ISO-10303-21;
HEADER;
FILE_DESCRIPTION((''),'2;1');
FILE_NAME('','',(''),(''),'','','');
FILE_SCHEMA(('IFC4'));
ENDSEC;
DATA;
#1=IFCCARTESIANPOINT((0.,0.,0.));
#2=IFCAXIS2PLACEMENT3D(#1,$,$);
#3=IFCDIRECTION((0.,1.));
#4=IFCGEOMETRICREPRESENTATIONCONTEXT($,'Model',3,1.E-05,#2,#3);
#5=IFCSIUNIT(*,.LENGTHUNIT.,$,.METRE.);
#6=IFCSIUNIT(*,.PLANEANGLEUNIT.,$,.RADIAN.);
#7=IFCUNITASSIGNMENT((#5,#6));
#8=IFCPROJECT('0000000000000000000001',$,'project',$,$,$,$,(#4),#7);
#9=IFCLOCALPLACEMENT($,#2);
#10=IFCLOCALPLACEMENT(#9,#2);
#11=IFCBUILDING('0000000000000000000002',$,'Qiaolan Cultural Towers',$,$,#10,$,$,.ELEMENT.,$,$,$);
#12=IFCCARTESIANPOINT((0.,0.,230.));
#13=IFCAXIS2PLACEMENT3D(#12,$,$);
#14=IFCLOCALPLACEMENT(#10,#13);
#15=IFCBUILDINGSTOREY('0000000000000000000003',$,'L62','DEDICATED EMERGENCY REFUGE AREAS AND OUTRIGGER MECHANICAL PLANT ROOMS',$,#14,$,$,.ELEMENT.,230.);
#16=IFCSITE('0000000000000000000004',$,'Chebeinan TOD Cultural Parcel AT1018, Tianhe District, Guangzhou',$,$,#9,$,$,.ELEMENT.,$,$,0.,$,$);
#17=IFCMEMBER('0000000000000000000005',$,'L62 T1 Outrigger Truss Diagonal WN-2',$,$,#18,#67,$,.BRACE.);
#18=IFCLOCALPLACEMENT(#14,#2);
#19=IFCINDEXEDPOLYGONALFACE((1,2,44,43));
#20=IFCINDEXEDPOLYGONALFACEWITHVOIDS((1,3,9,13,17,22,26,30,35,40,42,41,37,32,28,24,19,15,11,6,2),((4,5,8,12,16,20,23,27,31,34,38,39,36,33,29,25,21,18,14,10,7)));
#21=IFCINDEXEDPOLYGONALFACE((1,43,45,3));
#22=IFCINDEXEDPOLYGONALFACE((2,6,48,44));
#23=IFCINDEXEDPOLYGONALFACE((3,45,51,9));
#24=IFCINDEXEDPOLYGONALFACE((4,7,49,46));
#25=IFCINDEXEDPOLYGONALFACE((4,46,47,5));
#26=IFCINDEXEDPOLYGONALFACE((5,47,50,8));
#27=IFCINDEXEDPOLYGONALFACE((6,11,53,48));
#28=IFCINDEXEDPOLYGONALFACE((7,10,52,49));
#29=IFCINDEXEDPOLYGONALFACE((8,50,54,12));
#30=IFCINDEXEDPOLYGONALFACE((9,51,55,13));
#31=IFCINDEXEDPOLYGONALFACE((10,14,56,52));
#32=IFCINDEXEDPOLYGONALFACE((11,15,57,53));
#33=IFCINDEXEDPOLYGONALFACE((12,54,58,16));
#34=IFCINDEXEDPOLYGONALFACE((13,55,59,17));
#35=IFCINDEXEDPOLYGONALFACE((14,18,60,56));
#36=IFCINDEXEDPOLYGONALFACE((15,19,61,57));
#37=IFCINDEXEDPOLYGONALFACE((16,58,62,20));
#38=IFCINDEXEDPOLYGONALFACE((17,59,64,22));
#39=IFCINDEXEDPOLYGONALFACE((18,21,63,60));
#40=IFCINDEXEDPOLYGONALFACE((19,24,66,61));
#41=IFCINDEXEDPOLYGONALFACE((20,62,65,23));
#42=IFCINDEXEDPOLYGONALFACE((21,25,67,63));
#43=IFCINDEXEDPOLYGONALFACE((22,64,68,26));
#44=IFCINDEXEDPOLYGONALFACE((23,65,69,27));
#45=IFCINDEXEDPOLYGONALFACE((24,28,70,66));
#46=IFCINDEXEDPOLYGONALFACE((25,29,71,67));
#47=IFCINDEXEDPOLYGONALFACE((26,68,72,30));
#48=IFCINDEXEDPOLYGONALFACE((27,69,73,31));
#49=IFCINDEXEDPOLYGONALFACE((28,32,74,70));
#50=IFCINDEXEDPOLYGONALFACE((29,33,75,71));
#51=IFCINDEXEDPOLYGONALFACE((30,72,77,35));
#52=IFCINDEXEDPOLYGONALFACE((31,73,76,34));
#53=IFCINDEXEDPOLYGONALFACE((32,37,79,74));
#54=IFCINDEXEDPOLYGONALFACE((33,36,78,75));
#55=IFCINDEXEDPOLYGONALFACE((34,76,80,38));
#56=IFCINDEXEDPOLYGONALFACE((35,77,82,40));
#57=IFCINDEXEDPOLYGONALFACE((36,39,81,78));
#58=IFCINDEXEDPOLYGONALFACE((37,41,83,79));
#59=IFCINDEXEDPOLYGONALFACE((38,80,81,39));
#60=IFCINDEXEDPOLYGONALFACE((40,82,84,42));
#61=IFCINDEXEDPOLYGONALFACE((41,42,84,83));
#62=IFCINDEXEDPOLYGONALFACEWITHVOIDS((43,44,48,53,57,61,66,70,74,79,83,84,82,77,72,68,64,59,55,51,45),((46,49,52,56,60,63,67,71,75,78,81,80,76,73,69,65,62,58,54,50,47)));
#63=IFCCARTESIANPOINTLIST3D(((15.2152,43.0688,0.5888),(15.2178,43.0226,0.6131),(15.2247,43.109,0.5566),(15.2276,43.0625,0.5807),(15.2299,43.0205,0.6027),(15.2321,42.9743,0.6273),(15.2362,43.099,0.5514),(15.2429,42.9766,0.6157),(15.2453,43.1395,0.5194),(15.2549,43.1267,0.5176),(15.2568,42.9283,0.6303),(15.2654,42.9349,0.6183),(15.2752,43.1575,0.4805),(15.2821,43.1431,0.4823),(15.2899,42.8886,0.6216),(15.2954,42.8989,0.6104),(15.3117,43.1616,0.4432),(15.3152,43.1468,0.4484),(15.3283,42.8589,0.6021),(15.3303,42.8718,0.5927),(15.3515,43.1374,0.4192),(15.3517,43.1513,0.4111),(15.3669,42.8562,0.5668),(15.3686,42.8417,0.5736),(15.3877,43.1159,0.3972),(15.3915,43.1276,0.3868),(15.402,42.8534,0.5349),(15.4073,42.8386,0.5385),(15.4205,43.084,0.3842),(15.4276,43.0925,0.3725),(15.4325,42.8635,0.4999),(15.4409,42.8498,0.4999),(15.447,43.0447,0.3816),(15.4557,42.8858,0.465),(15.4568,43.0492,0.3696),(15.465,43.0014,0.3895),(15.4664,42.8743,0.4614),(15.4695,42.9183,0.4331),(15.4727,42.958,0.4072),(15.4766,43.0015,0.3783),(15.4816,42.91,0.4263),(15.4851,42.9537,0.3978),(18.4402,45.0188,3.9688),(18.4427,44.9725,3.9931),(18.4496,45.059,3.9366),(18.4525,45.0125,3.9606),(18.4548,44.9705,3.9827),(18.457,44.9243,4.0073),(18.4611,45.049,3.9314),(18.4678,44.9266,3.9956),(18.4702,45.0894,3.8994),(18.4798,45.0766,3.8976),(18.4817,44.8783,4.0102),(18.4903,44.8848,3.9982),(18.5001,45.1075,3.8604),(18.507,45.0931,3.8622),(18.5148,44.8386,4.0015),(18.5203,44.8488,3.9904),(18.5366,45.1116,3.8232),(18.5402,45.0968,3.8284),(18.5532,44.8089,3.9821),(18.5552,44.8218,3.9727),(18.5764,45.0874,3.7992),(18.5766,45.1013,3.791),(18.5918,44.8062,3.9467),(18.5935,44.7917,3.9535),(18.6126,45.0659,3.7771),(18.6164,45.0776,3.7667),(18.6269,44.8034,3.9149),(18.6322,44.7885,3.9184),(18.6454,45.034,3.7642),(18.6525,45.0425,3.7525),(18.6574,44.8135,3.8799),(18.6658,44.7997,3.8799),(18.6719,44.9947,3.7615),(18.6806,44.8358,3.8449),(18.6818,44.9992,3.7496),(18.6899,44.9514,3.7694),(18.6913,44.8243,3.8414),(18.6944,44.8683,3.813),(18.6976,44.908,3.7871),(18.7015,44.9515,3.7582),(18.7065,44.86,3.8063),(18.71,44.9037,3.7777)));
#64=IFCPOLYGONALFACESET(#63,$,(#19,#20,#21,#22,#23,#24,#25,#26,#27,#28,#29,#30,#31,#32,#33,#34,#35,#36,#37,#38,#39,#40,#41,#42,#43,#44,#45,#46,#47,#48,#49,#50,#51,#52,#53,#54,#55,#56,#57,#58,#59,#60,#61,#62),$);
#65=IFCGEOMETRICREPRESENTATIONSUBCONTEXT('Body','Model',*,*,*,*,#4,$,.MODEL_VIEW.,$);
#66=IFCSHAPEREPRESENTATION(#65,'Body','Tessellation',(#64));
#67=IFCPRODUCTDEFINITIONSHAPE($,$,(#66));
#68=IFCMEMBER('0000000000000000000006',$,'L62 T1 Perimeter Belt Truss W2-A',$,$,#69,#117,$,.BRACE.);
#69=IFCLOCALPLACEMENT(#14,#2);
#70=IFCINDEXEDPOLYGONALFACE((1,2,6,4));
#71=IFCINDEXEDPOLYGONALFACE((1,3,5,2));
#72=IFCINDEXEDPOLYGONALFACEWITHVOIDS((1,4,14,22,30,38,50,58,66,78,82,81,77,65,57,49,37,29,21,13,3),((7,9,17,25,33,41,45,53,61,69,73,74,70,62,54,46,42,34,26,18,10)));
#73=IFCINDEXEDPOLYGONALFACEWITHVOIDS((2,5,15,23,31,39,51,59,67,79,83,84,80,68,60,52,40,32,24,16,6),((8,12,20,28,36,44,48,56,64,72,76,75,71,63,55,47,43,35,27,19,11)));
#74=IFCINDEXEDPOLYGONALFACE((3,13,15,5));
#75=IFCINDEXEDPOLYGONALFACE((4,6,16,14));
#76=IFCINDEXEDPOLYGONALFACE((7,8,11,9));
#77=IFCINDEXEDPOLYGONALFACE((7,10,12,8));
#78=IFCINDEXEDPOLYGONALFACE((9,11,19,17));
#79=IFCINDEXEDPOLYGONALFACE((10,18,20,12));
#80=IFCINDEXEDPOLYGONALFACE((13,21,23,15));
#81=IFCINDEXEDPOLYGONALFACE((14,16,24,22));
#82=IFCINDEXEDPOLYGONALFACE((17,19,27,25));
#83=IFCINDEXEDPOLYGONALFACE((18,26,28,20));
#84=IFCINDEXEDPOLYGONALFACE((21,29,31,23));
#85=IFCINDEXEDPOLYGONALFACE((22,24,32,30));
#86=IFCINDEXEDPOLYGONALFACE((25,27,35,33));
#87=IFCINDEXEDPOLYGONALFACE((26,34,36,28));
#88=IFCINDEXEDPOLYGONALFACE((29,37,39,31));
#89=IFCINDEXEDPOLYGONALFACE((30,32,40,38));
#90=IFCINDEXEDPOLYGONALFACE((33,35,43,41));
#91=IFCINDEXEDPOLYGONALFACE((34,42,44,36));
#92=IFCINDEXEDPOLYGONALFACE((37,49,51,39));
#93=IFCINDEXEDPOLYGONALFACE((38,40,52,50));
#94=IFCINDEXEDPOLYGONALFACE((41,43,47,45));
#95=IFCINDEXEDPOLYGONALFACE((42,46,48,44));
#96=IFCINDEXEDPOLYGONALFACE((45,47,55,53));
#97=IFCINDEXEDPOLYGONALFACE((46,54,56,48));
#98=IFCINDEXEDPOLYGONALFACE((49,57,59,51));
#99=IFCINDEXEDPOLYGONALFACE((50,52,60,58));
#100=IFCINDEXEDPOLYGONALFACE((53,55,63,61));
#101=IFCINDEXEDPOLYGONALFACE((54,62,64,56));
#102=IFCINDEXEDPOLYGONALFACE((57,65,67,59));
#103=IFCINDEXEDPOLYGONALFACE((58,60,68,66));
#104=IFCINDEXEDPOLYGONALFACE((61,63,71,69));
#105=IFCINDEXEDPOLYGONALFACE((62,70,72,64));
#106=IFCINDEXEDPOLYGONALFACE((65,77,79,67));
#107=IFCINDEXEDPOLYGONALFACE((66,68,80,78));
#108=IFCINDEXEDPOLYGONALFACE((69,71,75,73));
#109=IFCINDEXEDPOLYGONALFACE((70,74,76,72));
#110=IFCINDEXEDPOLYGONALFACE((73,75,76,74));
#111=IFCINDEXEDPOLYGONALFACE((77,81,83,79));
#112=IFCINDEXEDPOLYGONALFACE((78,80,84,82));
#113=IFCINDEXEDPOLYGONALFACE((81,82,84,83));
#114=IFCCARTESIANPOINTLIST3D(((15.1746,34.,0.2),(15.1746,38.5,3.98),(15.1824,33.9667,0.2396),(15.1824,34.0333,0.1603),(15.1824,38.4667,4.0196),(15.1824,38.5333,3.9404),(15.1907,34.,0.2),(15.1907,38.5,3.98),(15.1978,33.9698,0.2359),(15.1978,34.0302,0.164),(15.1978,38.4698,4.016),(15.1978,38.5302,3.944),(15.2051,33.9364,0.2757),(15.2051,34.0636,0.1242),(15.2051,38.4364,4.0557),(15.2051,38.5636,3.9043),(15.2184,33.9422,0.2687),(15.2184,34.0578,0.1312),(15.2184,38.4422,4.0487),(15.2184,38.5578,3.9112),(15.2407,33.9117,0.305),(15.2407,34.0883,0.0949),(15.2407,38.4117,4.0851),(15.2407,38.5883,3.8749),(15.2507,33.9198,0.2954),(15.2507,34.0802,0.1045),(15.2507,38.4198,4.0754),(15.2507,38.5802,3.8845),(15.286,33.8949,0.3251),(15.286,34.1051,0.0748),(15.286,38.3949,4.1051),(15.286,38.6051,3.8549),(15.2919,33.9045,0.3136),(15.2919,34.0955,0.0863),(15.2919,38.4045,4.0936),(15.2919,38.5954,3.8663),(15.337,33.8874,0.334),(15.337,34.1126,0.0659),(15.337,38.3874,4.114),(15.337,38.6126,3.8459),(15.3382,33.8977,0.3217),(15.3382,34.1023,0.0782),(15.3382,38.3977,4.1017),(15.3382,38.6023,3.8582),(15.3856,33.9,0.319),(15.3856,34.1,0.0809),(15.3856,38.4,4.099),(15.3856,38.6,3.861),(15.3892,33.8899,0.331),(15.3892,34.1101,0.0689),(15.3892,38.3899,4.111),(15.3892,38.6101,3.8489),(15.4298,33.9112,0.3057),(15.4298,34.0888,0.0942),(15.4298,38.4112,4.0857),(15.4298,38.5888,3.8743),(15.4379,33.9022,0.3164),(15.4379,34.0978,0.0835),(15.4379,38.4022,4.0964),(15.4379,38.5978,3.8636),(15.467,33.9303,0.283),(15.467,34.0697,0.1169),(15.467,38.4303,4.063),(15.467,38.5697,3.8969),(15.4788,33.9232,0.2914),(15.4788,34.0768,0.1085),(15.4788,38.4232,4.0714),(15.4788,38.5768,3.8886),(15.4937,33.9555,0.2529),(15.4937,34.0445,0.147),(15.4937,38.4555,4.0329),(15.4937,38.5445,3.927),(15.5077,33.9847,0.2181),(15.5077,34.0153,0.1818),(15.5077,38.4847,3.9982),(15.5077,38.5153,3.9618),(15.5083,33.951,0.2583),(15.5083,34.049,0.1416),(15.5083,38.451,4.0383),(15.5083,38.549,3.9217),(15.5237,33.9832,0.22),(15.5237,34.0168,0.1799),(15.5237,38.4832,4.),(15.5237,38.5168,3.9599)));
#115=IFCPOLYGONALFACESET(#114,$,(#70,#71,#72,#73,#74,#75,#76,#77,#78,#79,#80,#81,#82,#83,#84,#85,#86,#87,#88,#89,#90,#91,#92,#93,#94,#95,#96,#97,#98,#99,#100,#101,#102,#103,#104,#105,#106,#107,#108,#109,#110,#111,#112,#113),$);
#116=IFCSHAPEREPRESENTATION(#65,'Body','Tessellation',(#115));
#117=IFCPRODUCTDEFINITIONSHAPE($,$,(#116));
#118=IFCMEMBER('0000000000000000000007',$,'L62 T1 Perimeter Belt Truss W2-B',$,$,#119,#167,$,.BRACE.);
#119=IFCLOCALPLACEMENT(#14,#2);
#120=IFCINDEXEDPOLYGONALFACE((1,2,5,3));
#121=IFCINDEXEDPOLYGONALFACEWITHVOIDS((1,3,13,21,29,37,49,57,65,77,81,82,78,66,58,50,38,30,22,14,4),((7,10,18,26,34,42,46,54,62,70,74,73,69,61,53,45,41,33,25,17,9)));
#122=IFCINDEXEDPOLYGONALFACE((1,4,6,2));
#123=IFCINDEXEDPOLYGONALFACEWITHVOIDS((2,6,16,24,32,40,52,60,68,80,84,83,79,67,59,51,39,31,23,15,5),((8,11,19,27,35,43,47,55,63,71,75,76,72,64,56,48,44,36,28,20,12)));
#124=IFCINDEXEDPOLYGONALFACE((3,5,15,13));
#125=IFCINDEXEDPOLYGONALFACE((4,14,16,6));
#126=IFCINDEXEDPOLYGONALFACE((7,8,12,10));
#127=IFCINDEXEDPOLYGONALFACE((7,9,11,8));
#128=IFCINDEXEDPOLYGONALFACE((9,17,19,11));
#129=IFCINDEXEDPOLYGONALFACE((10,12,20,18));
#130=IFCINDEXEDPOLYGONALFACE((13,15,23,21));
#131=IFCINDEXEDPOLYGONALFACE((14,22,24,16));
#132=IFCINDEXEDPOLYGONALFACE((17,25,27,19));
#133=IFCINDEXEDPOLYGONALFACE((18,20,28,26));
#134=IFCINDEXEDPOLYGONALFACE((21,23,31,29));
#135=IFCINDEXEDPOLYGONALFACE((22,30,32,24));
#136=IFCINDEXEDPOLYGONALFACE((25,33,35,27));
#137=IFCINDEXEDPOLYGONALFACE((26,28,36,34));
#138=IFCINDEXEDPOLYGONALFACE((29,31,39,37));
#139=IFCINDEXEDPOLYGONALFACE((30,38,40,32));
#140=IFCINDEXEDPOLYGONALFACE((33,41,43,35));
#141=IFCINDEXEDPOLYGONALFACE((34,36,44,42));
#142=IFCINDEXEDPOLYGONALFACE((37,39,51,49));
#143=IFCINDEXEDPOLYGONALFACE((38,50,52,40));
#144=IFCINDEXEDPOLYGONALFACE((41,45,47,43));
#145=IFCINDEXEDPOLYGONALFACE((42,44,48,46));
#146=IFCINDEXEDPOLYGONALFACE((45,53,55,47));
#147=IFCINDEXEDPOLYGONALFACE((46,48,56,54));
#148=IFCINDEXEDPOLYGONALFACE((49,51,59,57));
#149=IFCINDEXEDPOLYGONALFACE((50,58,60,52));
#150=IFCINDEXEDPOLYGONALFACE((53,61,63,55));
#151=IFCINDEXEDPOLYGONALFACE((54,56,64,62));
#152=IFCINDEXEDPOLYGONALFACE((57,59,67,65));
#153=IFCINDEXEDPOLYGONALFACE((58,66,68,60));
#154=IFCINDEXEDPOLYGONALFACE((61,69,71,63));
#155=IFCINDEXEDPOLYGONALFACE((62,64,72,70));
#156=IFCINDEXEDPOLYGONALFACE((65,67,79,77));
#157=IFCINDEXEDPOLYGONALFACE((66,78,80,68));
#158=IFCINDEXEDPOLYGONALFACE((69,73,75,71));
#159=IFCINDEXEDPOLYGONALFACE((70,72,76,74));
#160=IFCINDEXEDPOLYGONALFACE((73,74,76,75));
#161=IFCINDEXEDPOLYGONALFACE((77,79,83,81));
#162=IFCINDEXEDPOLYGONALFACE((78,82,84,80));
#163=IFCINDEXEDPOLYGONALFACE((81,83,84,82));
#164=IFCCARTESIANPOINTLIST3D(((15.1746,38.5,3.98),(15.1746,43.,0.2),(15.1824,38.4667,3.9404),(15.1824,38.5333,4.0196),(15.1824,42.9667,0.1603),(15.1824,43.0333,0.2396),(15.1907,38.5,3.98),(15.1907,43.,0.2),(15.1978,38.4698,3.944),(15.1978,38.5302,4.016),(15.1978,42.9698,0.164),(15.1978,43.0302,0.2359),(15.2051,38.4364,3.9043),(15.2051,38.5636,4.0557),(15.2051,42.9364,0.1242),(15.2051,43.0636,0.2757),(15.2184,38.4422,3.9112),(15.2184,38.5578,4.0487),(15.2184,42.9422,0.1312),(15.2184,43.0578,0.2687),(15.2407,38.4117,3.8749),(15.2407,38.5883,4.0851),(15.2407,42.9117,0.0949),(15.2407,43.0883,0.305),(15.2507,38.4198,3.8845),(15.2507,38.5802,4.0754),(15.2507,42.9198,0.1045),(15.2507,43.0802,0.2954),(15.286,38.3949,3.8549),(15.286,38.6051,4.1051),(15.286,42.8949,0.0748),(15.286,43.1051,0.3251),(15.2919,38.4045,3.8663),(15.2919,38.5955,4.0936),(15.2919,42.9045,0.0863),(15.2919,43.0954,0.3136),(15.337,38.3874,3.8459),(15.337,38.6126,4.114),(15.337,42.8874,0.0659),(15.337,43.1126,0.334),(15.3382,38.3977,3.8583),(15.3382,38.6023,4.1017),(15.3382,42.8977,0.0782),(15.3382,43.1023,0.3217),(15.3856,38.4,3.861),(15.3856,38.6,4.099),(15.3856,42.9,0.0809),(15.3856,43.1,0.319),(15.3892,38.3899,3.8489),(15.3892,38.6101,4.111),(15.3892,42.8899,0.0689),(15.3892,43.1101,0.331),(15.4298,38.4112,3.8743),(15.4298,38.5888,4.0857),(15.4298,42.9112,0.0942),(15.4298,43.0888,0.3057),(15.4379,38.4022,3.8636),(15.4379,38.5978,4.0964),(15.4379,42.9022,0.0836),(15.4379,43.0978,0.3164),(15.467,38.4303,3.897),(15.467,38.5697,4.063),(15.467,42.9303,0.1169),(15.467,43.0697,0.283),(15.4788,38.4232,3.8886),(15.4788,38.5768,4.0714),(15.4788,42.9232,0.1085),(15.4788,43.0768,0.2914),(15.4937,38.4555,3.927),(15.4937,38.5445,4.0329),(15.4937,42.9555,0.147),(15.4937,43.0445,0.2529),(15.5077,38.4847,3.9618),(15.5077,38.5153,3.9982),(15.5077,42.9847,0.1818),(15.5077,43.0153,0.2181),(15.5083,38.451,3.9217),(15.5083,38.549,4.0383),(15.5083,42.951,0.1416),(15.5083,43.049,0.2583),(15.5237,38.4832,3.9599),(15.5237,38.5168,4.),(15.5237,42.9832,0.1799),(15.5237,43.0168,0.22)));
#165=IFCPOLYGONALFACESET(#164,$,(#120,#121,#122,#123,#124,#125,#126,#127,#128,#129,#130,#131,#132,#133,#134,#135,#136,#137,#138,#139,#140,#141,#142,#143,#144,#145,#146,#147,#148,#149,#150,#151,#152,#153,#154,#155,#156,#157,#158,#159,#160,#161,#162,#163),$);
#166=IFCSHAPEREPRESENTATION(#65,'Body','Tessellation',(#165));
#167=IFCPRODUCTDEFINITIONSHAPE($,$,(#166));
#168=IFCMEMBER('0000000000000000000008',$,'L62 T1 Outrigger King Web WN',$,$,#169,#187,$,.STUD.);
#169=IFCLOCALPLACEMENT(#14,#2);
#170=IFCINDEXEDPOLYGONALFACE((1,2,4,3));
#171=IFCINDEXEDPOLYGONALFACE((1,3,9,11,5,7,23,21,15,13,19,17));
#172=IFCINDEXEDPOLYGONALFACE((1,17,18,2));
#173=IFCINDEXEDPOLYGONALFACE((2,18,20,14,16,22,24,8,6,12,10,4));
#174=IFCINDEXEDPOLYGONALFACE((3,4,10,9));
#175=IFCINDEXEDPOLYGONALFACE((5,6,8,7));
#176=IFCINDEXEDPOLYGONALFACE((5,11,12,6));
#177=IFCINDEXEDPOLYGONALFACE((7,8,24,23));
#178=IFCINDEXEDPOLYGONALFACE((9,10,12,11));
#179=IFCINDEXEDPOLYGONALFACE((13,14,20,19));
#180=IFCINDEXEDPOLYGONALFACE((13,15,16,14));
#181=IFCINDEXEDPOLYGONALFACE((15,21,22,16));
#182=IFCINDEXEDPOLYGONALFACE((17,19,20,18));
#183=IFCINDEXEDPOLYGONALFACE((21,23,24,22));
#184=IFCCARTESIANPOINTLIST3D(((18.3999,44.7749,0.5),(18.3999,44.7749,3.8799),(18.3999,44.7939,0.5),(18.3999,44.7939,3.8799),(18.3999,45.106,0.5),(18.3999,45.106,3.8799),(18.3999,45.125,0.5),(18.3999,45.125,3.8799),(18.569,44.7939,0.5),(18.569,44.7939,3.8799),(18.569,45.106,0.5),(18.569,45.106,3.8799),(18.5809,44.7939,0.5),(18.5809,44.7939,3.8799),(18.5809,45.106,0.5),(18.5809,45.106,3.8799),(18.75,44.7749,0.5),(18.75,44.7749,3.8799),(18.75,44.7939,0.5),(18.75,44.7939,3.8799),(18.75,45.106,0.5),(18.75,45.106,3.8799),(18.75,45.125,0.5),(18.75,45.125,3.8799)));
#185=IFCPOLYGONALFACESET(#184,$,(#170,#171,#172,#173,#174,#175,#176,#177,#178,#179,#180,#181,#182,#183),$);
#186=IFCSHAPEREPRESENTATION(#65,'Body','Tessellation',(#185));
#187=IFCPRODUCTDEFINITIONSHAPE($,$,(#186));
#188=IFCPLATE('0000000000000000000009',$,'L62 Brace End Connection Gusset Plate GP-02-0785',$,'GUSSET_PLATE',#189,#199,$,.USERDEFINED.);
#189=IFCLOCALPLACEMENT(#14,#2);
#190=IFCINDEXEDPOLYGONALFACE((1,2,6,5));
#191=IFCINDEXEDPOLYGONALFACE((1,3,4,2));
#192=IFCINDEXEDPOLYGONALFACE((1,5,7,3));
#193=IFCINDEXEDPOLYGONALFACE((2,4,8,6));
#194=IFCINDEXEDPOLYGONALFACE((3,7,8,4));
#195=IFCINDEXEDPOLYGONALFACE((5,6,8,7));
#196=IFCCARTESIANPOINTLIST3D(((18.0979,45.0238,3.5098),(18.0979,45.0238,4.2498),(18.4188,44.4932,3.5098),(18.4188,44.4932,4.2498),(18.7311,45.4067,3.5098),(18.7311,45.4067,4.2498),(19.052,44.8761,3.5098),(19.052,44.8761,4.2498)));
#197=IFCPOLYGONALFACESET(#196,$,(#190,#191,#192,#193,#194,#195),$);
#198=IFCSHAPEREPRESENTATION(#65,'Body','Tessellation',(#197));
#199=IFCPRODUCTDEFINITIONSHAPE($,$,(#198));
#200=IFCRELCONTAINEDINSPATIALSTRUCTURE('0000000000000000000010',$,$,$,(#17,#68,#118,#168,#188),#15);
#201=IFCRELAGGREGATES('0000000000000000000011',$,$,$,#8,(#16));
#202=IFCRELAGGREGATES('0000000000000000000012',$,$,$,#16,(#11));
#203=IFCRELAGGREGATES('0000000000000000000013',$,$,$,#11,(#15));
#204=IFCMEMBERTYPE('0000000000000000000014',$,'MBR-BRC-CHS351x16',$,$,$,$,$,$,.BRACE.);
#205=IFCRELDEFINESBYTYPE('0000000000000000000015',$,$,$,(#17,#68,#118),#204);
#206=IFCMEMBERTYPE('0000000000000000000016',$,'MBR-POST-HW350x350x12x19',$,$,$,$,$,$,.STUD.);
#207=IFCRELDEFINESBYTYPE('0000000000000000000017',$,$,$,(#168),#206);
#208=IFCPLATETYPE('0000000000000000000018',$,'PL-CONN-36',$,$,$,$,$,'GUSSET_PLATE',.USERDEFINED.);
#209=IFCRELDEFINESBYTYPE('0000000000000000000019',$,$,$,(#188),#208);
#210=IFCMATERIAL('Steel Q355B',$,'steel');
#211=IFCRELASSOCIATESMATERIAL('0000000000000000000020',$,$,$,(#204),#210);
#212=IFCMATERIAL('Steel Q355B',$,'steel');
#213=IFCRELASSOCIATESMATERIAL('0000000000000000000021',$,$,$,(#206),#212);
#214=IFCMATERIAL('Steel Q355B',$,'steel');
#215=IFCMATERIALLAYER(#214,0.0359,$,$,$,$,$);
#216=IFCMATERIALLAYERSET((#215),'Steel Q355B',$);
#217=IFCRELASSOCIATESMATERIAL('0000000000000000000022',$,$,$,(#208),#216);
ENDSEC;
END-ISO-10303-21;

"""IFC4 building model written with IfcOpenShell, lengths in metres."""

from ifc_helpers import new_model, si_unit, direction, frame, origin, origin_2d, place, context, subcontext, project, spatial, rectangle, hollow_circle, i_section, extrude, material, layer, layer_set, material_profile, profile_set, type_object, element, save


model = new_model("IFC4")

# Units and contexts
model_context = context("Model", 3, precision=1e-05, world=origin(), true_north=direction((0.0, 1.0)))
body_context = subcontext(model_context, "Body", "Model", "MODEL_VIEW")
ifc_project = project(units=[si_unit("LENGTHUNIT", "METRE"), si_unit("PLANEANGLEUNIT", "RADIAN")], contexts=[model_context])

# Site, building, storey
site_placement = place(None, origin())
site = spatial("IfcSite", under=ifc_project, at=site_placement, Name="Chebeinan TOD Cultural Parcel AT1018, Tianhe District, Guangzhou", CompositionType="ELEMENT", RefElevation=0.0)
building_placement = place(site_placement, origin())
building = spatial("IfcBuilding", under=site, at=building_placement, Name="Qiaolan Cultural Towers", CompositionType="ELEMENT")
storey_placement = place(building_placement, frame((0.0, 0.0, 230.0)))
storey = spatial("IfcBuildingStorey", under=building, at=storey_placement, Name="L62", Description="DEDICATED EMERGENCY REFUGE AREAS AND OUTRIGGER MECHANICAL PLANT ROOMS", CompositionType="ELEMENT", Elevation=230.0)

# Members
ifc_material_1 = material(Name="Steel Q355B", Category="steel")
ifc_material_profile_1 = material_profile(ifc_material_1, hollow_circle(Radius=0.1755, WallThickness=0.0161, at=origin_2d()), Name="CHS351x16")
ifc_profile_set_1 = profile_set([ifc_material_profile_1], Name="Steel Q355B")
member_type_1 = type_object("IfcMemberType", Name="MBR-BRC-CHS351x16", PredefinedType="BRACE", material=ifc_profile_set_1)
member_1_placement = place(storey_placement, frame((18.575, 44.95, 3.8799), z_axis=(-0.637049, -0.3852, -0.667674), x_axis=(0.517427, -0.855727, 0.0)))
element("IfcMember", 1, at=member_1_placement, inside=storey, type_object=member_type_1, Name="L62 T1 Outrigger Truss Diagonal WN-2", PredefinedType="BRACE", context=body_context, shape_type="SweptSolid", body=[
    extrude(hollow_circle(Radius=0.1755, WallThickness=0.0161, at=origin_2d()), origin(), (0.0, 0.0, 1.0), 5.0623),
])
for number, where, z_axis, x_axis, name in (
    (2, (15.3501, 34.0, 0.2), (0.0, 0.765702, 0.643195), (-1.0, 0.0, 0.0), "L62 T1 Perimeter Belt Truss W2-A"),
    (3, (15.3501, 38.5, 3.98), (0.0, 0.765702, -0.643195), (-1.0, 0.0, 0.0), "L62 T1 Perimeter Belt Truss W2-B"),
):
    element("IfcMember", number, at=place(storey_placement, frame(where, z_axis=z_axis, x_axis=x_axis)), inside=storey, type_object=member_type_1, Name=name, PredefinedType="BRACE", context=body_context, shape_type="SweptSolid", body=[
        extrude(hollow_circle(Radius=0.1755, WallThickness=0.0161, at=origin_2d()), origin(), (0.0, 0.0, 1.0), 5.877),
    ])
ifc_material_2 = material(Name="Steel Q355B", Category="steel")
ifc_material_profile_2 = material_profile(ifc_material_2, i_section(OverallWidth=0.3501, OverallDepth=0.3501, WebThickness=0.012, FlangeThickness=0.019, at=origin_2d()), Name="HW350x350x12x19")
ifc_profile_set_2 = profile_set([ifc_material_profile_2], Name="Steel Q355B")
member_type_2 = type_object("IfcMemberType", Name="MBR-POST-HW350x350x12x19", PredefinedType="STUD", material=ifc_profile_set_2)
member_2_placement = place(storey_placement, frame((18.575, 44.95, 0.5), z_axis=(0.0, 0.0, 1.0), x_axis=(1.0, 0.0, 0.0)))
element("IfcMember", 4, at=member_2_placement, inside=storey, type_object=member_type_2, Name="L62 T1 Outrigger King Web WN", PredefinedType="STUD", context=body_context, shape_type="SweptSolid", body=[
    extrude(i_section(OverallWidth=0.3501, OverallDepth=0.3501, WebThickness=0.012, FlangeThickness=0.019, at=origin_2d()), origin(), (0.0, 0.0, 1.0), 3.3799),
])

# Plate
ifc_material_3 = material(Name="Steel Q355B", Category="steel")
ifc_layer_1 = layer(ifc_material_3, 0.0359)
ifc_layer_set_1 = layer_set([ifc_layer_1], Name="Steel Q355B")
plate_type_1 = type_object("IfcPlateType", Name="PL-CONN-36", ElementType="GUSSET_PLATE", PredefinedType="USERDEFINED", material=ifc_layer_set_1)
for number, where, z_axis, x_axis, name in (
    (5, (18.575, 44.95, 3.5098), (0.0, 0.0, 1.0), (0.855732, 0.517419, 0.0), "L62 Brace End Connection Gusset Plate GP-02-0785"),
):
    element("IfcPlate", number, at=place(storey_placement, frame(where, z_axis=z_axis, x_axis=x_axis)), inside=storey, type_object=plate_type_1, Name=name, ObjectType="GUSSET_PLATE", PredefinedType="USERDEFINED", context=body_context, shape_type="SweptSolid", body=[
        extrude(rectangle(XDim=0.74, YDim=0.6201, at=origin_2d()), origin(), (0.0, 0.0, 1.0), 0.74),
    ])

save(model, "model.ifc")
